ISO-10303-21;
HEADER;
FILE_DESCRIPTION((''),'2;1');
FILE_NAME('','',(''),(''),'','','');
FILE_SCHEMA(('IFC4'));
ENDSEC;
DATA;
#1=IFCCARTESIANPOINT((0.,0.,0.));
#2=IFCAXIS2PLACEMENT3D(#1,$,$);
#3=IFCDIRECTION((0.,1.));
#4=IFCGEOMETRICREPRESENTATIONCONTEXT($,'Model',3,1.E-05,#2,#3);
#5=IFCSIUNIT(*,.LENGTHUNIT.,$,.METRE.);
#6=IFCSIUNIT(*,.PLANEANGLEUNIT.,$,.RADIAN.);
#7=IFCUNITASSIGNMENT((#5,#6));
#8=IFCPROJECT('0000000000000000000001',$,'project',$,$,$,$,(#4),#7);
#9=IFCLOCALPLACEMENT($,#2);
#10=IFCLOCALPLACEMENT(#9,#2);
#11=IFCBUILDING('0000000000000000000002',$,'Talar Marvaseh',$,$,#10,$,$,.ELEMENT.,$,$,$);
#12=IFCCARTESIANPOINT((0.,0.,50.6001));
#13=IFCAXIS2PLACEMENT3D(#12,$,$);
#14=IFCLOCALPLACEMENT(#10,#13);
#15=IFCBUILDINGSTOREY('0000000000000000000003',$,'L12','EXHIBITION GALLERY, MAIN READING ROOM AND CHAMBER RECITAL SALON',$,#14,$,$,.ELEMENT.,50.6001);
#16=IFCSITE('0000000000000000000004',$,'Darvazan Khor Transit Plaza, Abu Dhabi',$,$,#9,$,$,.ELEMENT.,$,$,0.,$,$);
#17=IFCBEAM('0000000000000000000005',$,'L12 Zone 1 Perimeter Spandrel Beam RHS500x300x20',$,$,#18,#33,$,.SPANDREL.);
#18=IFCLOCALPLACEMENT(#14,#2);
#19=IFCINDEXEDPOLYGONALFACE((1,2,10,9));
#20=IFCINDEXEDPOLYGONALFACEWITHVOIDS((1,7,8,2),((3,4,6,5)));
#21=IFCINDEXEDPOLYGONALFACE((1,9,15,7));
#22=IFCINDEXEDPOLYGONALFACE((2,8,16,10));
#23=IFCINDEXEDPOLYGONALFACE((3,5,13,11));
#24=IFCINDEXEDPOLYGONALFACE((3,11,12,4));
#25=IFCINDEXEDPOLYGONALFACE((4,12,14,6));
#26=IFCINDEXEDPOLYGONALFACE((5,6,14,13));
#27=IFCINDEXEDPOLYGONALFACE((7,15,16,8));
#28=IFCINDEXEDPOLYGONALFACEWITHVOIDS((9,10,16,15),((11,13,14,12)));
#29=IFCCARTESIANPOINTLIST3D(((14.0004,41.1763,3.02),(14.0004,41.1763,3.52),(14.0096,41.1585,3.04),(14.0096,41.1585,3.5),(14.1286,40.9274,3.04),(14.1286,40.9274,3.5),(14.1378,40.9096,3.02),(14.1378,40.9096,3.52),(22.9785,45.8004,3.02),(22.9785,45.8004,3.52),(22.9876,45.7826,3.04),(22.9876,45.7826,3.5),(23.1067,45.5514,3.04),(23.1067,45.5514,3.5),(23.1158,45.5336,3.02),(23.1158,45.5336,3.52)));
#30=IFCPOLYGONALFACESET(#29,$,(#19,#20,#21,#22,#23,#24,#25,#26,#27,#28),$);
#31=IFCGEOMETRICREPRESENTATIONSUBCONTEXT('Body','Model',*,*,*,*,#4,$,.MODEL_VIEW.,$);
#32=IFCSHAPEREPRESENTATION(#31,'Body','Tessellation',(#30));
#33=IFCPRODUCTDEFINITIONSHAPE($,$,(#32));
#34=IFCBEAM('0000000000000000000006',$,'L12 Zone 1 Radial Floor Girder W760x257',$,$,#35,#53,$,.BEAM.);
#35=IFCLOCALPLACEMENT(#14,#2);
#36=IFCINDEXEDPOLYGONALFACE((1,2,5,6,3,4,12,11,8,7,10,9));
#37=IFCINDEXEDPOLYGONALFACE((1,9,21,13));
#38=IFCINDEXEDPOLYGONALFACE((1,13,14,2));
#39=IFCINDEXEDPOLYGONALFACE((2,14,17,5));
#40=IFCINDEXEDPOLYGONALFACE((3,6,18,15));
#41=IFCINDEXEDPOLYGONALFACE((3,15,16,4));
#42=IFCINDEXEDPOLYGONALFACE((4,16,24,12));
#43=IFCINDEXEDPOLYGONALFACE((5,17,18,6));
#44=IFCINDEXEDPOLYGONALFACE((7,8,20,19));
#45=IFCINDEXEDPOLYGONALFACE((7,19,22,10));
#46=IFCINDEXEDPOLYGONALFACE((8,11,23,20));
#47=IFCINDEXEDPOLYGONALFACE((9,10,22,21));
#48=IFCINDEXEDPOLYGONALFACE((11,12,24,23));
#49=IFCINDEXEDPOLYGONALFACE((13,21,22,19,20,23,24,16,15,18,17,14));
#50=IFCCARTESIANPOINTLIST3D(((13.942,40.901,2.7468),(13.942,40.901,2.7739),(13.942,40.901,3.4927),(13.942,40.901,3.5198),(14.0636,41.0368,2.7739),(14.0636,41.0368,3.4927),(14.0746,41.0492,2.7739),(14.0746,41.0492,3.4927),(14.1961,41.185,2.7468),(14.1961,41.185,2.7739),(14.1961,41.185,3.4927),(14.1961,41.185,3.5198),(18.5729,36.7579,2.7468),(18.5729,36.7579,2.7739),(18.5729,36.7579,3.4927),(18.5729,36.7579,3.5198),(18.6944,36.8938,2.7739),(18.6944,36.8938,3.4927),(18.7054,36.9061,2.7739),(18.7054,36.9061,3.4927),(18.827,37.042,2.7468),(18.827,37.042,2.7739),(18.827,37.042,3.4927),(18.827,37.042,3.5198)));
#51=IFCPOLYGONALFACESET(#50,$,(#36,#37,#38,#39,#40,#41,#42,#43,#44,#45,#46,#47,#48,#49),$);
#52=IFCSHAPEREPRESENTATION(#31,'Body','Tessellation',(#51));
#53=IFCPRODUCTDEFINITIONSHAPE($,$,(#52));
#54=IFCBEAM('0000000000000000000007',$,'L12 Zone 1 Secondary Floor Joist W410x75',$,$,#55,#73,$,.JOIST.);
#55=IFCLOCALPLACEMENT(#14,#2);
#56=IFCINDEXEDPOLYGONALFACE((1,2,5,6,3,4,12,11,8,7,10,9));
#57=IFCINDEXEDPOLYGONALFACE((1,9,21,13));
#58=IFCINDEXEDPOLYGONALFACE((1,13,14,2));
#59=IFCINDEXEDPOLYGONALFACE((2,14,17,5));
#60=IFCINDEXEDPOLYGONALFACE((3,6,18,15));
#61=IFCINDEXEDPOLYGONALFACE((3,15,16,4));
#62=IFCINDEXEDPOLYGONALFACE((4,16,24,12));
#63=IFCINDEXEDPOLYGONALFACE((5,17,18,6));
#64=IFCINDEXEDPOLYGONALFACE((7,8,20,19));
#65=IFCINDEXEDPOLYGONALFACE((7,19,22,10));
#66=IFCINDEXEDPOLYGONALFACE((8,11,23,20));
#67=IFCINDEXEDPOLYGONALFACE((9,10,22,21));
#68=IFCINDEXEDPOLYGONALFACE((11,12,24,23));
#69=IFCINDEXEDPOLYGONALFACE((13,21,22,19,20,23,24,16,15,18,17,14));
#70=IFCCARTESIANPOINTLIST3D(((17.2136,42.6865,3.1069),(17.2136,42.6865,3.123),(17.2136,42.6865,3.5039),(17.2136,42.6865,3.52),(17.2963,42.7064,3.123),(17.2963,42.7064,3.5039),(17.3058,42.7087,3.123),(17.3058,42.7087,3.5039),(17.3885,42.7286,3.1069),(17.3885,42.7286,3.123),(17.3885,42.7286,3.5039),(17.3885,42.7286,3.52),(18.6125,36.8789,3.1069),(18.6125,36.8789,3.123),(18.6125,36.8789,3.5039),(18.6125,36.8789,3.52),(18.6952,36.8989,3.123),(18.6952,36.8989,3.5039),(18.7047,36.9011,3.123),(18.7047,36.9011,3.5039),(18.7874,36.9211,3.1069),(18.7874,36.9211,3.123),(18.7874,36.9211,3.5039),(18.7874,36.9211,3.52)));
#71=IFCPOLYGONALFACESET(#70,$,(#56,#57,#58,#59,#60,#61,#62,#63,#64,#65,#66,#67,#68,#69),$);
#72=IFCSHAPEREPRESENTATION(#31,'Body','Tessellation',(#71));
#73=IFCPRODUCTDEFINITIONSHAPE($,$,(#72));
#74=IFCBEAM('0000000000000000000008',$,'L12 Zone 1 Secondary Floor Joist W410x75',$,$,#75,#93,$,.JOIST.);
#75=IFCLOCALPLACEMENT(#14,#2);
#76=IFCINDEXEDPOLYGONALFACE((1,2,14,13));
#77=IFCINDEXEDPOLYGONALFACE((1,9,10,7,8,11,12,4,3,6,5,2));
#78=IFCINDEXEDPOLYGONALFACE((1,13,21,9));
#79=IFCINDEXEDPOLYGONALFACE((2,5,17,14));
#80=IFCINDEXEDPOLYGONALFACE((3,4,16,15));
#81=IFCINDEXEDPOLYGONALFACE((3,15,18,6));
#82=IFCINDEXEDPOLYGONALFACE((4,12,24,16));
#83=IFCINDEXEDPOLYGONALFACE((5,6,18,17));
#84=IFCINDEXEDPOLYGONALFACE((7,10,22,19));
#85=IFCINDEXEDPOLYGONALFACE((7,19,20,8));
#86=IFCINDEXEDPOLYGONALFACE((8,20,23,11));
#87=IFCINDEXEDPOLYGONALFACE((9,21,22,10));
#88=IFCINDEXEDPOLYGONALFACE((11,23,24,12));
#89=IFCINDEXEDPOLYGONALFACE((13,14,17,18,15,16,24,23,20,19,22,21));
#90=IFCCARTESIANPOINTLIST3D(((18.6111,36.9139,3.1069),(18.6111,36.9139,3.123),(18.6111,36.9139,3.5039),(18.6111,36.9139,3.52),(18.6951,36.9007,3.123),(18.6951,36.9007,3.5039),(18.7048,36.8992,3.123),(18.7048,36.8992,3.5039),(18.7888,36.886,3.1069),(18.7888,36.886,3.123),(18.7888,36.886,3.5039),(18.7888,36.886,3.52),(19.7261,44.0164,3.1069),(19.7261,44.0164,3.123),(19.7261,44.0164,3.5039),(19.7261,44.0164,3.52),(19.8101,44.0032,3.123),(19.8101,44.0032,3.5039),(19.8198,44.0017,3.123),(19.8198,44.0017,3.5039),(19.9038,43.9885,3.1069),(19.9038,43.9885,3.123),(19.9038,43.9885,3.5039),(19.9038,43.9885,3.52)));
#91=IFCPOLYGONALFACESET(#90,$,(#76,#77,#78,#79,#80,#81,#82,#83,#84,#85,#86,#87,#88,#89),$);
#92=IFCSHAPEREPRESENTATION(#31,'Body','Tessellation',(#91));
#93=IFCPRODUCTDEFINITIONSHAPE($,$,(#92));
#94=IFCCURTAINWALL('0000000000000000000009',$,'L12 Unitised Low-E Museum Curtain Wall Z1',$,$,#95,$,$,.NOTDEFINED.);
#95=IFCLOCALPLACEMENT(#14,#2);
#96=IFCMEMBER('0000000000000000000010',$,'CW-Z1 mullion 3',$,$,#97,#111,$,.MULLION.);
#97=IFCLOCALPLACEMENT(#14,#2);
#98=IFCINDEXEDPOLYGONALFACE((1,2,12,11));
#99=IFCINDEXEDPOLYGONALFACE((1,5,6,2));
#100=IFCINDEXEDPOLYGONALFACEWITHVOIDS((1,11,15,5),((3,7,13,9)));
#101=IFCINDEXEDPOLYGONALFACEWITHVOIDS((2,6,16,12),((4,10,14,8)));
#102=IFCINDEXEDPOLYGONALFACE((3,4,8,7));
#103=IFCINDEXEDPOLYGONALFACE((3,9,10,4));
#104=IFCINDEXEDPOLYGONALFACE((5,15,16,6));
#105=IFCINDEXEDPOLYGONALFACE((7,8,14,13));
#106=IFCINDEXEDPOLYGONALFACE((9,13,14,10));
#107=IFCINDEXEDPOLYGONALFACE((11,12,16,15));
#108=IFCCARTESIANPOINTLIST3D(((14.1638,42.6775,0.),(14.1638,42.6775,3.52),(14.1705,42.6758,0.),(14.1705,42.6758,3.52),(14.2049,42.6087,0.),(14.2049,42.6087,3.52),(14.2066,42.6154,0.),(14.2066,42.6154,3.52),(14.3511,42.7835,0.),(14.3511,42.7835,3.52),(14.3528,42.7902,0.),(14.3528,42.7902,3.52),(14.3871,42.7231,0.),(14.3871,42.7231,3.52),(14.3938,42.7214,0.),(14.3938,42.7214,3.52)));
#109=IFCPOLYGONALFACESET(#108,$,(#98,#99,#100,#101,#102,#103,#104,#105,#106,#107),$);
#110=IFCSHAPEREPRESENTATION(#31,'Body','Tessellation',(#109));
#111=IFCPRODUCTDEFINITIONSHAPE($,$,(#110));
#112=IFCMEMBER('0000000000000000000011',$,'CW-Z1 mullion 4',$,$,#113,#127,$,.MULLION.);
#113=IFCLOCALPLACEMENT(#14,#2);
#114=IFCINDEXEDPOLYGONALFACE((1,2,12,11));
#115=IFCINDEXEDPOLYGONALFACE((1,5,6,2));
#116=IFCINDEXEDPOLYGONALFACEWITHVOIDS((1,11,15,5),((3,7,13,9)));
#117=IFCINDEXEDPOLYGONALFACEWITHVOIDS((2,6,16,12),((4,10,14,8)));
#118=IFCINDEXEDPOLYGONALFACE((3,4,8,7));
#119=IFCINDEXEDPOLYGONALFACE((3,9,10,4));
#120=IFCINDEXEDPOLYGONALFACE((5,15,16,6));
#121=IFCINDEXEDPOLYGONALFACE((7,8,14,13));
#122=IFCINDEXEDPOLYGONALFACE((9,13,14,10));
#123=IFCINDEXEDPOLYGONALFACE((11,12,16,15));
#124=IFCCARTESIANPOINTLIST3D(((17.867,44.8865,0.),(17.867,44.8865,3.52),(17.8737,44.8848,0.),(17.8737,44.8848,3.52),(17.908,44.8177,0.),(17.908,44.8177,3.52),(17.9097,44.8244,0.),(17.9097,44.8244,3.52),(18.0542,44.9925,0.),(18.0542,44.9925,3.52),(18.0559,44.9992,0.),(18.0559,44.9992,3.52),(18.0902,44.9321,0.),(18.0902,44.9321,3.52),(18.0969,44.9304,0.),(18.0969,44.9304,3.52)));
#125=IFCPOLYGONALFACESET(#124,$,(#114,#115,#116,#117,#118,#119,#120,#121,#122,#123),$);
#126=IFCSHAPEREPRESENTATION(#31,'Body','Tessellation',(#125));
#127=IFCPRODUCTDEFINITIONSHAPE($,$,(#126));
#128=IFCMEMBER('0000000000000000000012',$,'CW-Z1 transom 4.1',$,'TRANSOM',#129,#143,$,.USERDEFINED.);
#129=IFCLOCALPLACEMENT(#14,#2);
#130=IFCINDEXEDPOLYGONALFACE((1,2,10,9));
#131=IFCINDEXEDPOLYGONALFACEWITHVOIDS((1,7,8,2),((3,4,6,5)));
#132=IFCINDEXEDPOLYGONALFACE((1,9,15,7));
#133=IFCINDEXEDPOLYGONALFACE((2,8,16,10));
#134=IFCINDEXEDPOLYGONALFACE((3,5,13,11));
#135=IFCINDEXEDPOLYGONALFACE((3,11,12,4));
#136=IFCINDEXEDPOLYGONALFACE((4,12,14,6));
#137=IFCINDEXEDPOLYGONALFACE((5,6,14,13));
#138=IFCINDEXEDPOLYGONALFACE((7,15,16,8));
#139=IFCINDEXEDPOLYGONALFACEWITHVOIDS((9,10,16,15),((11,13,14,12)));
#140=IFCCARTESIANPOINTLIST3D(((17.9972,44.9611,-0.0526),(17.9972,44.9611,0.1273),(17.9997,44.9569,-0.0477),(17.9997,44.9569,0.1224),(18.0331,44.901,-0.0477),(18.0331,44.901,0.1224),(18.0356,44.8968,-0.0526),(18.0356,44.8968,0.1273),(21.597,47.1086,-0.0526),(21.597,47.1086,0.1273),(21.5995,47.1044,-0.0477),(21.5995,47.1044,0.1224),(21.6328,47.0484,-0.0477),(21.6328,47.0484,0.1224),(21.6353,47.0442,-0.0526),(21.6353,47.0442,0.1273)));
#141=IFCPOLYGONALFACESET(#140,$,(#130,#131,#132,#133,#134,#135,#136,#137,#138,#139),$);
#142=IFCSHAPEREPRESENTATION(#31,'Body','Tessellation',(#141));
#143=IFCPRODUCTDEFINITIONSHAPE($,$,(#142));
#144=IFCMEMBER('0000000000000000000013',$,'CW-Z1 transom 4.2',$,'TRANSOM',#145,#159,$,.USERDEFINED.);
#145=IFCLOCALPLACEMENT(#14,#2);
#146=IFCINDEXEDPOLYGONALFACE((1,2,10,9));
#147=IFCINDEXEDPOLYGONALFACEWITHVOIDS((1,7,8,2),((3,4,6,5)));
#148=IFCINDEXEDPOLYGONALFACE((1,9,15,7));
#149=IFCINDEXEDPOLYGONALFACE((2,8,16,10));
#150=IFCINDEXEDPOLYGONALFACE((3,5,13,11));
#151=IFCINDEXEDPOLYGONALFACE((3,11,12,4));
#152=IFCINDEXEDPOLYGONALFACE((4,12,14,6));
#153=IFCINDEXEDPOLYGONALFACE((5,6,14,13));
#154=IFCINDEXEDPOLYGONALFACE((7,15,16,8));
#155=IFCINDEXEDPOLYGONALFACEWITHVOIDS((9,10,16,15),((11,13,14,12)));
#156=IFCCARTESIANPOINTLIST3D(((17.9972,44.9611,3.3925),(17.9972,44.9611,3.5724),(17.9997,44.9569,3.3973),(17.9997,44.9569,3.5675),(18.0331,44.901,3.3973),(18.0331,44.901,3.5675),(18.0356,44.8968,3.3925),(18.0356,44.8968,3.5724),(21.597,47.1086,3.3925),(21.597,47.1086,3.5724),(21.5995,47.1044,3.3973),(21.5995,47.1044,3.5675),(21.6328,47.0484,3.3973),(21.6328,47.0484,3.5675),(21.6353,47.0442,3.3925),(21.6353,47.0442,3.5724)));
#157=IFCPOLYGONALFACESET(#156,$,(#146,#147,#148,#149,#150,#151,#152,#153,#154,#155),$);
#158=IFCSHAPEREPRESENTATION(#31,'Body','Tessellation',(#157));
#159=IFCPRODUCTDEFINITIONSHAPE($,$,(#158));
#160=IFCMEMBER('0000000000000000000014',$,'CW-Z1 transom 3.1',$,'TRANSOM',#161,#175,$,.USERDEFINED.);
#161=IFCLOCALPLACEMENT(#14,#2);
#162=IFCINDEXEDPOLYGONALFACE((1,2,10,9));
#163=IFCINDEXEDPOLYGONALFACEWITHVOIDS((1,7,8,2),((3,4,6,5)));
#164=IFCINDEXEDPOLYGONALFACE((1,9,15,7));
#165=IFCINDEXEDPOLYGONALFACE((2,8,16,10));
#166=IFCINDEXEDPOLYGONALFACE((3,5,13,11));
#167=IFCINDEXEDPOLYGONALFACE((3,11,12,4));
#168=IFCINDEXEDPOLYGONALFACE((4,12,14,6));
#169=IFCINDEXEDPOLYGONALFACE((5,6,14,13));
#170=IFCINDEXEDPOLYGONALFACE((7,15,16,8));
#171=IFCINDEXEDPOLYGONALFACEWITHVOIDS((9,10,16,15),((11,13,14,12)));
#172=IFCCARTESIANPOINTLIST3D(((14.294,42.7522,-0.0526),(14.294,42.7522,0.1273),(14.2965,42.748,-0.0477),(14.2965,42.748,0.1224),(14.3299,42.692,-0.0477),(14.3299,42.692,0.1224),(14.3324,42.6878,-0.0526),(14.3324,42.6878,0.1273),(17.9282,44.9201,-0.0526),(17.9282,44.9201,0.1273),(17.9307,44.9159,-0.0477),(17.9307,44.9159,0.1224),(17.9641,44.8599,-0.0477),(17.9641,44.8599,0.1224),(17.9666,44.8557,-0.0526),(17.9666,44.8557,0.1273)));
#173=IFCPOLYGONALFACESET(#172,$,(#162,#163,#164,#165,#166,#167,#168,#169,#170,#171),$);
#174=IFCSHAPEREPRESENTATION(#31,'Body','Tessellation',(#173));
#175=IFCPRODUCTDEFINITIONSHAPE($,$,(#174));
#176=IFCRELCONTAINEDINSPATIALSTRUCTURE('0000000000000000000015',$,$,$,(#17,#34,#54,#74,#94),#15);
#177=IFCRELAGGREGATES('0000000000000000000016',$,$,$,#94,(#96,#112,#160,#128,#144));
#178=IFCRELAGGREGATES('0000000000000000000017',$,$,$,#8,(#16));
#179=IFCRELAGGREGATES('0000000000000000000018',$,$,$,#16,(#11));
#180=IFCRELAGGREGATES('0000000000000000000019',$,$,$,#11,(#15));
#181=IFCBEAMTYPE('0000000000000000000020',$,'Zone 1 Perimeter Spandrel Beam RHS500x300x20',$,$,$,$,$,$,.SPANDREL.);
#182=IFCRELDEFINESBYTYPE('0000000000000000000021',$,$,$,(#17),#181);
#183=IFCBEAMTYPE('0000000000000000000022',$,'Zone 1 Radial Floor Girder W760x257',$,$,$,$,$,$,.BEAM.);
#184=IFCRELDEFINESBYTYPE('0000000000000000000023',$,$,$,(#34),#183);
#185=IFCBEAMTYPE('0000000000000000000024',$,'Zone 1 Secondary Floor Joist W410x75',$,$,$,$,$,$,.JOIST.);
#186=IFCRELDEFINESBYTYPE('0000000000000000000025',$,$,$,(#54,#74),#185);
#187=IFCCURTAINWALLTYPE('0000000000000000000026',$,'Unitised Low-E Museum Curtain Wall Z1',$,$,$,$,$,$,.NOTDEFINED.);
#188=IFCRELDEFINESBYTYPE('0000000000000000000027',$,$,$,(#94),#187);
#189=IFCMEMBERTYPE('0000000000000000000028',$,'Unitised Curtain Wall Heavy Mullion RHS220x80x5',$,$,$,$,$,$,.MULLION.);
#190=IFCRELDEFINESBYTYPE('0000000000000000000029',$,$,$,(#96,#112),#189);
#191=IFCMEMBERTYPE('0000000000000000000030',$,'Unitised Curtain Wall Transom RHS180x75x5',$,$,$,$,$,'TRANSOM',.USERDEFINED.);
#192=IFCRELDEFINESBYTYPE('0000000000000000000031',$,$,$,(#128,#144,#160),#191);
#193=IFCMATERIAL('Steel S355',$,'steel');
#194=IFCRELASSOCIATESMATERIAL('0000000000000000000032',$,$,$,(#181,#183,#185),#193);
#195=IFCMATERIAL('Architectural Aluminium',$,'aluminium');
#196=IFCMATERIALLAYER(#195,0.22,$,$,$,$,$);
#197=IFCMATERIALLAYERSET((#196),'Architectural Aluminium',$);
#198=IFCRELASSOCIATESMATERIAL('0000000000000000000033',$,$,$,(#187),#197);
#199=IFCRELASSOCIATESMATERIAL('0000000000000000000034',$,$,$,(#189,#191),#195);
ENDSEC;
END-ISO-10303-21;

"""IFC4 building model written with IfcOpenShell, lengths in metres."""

from ifc_helpers import new_model, si_unit, direction, frame, origin, origin_2d, place, context, subcontext, project, spatial, hollow_rectangle, i_section, extrude, source, transform, mapped, material, layer, layer_set, material_profile, profile_set, type_object, type_shapes, element, aggregate, save


model = new_model("IFC4")

# Units and contexts
model_context = context("Model", 3, precision=1e-05, world=origin(), true_north=direction((0.0, 1.0)))
body_context = subcontext(model_context, "Body", "Model", "MODEL_VIEW")
ifc_project = project(units=[si_unit("LENGTHUNIT", "METRE"), si_unit("PLANEANGLEUNIT", "RADIAN")], contexts=[model_context])

# Site, building, storey
site_placement = place(None, origin())
site = spatial("IfcSite", under=ifc_project, at=site_placement, Name="Darvazan Khor Transit Plaza, Abu Dhabi", CompositionType="ELEMENT", RefElevation=0.0)
building_placement = place(site_placement, origin())
building = spatial("IfcBuilding", under=site, at=building_placement, Name="Talar Marvaseh", CompositionType="ELEMENT")
storey_placement = place(building_placement, frame((0.0, 0.0, 50.6001)))
storey = spatial("IfcBuildingStorey", under=building, at=storey_placement, Name="L12", Description="EXHIBITION GALLERY, MAIN READING ROOM AND CHAMBER RECITAL SALON", CompositionType="ELEMENT", Elevation=50.6001)

# Beams
ifc_material_1 = material(Name="Steel S355", Category="steel")
ifc_material_profile_1 = material_profile(ifc_material_1, hollow_rectangle(XDim=0.3, YDim=0.5, WallThickness=0.02, at=origin_2d()), Name="RHS500x300x20")
ifc_profile_set_1 = profile_set([ifc_material_profile_1], Name="Steel S355")
beam_type_1 = type_object("IfcBeamType", Name="Zone 1 Perimeter Spandrel Beam RHS500x300x20", PredefinedType="SPANDREL", material=ifc_profile_set_1)
beam_1_placement = place(storey_placement, frame((14.0691, 41.043, 3.27), z_axis=(0.889016, 0.457877, 0.0), x_axis=(-0.457877, 0.889016, 0.0)))
element("IfcBeam", 1, at=beam_1_placement, inside=storey, type_object=beam_type_1, Name="L12 Zone 1 Perimeter Spandrel Beam RHS500x300x20", PredefinedType="SPANDREL", context=body_context, shape_type="SweptSolid", body=[
    extrude(hollow_rectangle(XDim=0.3, YDim=0.5, WallThickness=0.02, at=origin_2d()), origin(), (0.0, 0.0, 1.0), 10.0989),
])
ifc_material_profile_2 = material_profile(ifc_material_1, i_section(OverallWidth=0.3811, OverallDepth=0.7729, WebThickness=0.0166, FlangeThickness=0.0271, at=origin_2d()), Name="W760x257")
ifc_profile_set_2 = profile_set([ifc_material_profile_2], Name="Steel S355")
beam_type_2 = type_object("IfcBeamType", Name="Zone 1 Radial Floor Girder W760x257", PredefinedType="BEAM", material=ifc_profile_set_2)
beam_2_placement = place(storey_placement, frame((14.0691, 41.043, 3.1333), z_axis=(0.745268, -0.666765, 0.0), x_axis=(0.666765, 0.745268, 0.0)))
element("IfcBeam", 2, at=beam_2_placement, inside=storey, type_object=beam_type_2, Name="L12 Zone 1 Radial Floor Girder W760x257", PredefinedType="BEAM", context=body_context, shape_type="SweptSolid", body=[
    extrude(i_section(OverallWidth=0.3811, OverallDepth=0.7729, WebThickness=0.0166, FlangeThickness=0.0271, at=origin_2d()), origin(), (0.0, 0.0, 1.0), 6.2136),
])
ifc_material_profile_3 = material_profile(ifc_material_1, i_section(OverallWidth=0.1799, OverallDepth=0.4131, WebThickness=0.0098, FlangeThickness=0.0161, at=origin_2d()), Name="W410x75")
ifc_profile_set_3 = profile_set([ifc_material_profile_3], Name="Steel S355")
beam_type_3 = type_object("IfcBeamType", Name="Zone 1 Secondary Floor Joist W410x75", PredefinedType="JOIST", material=ifc_profile_set_3)
beam_3_placement = place(storey_placement, frame((17.301, 42.7075, 3.3135), z_axis=(0.23418, -0.972193, 0.0), x_axis=(0.972193, 0.23418, 0.0)))
element("IfcBeam", 3, at=beam_3_placement, inside=storey, type_object=beam_type_3, Name="L12 Zone 1 Secondary Floor Joist W410x75", PredefinedType="JOIST", context=body_context, shape_type="SweptSolid", body=[
    extrude(i_section(OverallWidth=0.1799, OverallDepth=0.4131, WebThickness=0.0098, FlangeThickness=0.0161, at=origin_2d()), origin(), (0.0, 0.0, 1.0), 5.9736),
])
beam_4_placement = place(storey_placement, frame((19.8149, 44.0024, 3.3135), z_axis=(-0.155085, -0.987901, 0.0), x_axis=(0.987901, -0.155085, 0.0)))
element("IfcBeam", 4, at=beam_4_placement, inside=storey, type_object=beam_type_3, Name="L12 Zone 1 Secondary Floor Joist W410x75", PredefinedType="JOIST", context=body_context, shape_type="SweptSolid", body=[
    extrude(i_section(OverallWidth=0.1799, OverallDepth=0.4131, WebThickness=0.0098, FlangeThickness=0.0161, at=origin_2d()), origin(), (0.0, 0.0, 1.0), 7.1895),
])

# Curtain wall, members
ifc_material_2 = material(Name="Architectural Aluminium", Category="aluminium")
ifc_layer_1 = layer(ifc_material_2, 0.22)
ifc_layer_set_1 = layer_set([ifc_layer_1], Name="Architectural Aluminium")
curtain_wall_type = type_object("IfcCurtainWallType", Name="Unitised Low-E Museum Curtain Wall Z1", PredefinedType="NOTDEFINED", material=ifc_layer_set_1)
curtain_wall_placement = place(storey_placement, origin())
curtain_wall = element("IfcCurtainWall", 5, at=curtain_wall_placement, inside=storey, type_object=curtain_wall_type, Name="L12 Unitised Low-E Museum Curtain Wall Z1", PredefinedType="NOTDEFINED")
ifc_material_profile_4 = material_profile(ifc_material_2, hollow_rectangle(XDim=0.0801, YDim=0.22, WallThickness=0.0049, at=origin_2d()), Name="RHS220x80x5")
ifc_profile_set_4 = profile_set([ifc_material_profile_4], Name="Architectural Aluminium")
member_type_1 = type_object("IfcMemberType", Name="Unitised Curtain Wall Heavy Mullion RHS220x80x5", PredefinedType="MULLION", material=ifc_profile_set_4)
shared_shape_1 = source(origin(), body_context, "Body", "SweptSolid", [
    extrude(hollow_rectangle(XDim=0.0801, YDim=0.22, WallThickness=0.0049, at=origin_2d()), origin(), (0.0, 0.0, 1.0), 3.52),
])
type_shapes(member_type_1, [shared_shape_1])
member_1_placement = place(storey_placement, frame((14.2788, 42.6995, 0.0), z_axis=(0.0, 0.0, 1.0), x_axis=(-0.51231, 0.8588, 0.0)))
member_1 = element("IfcMember", 6, at=member_1_placement, type_object=member_type_1, Name="CW-Z1 mullion 3", PredefinedType="MULLION", context=body_context, shape_type="MappedRepresentation", body=[
    mapped(shared_shape_1, transform((0.0, 0.0, 0.0), x_axis=(1.0, 0.0, 0.0), y_axis=(0.0, 1.0, 0.0), z_axis=(0.0, 0.0, 1.0), scale=1.0)),
])
member_2_placement = place(storey_placement, frame((17.9819, 44.9084, 0.0), z_axis=(0.0, 0.0, 1.0), x_axis=(-0.51231, 0.8588, 0.0)))
member_2 = element("IfcMember", 7, at=member_2_placement, type_object=member_type_1, Name="CW-Z1 mullion 4", PredefinedType="MULLION", context=body_context, shape_type="MappedRepresentation", body=[
    mapped(shared_shape_1, transform((0.0, 0.0, 0.0), x_axis=(1.0, 0.0, 0.0), y_axis=(0.0, 1.0, 0.0), z_axis=(0.0, 0.0, 1.0), scale=1.0)),
])
ifc_material_profile_5 = material_profile(ifc_material_2, hollow_rectangle(XDim=0.075, YDim=0.1799, WallThickness=0.0049, at=origin_2d()), Name="RHS180x75x5")
ifc_profile_set_5 = profile_set([ifc_material_profile_5], Name="Architectural Aluminium")
member_type_2 = type_object("IfcMemberType", Name="Unitised Curtain Wall Transom RHS180x75x5", ElementType="TRANSOM", PredefinedType="USERDEFINED", material=ifc_profile_set_5)
shared_shape_2 = source(origin(), body_context, "Body", "SweptSolid", [
    extrude(hollow_rectangle(XDim=0.075, YDim=0.1799, WallThickness=0.0049, at=origin_2d()), origin(), (0.0, 0.0, 1.0), 4.1917),
])
member_3_placement = place(storey_placement, frame((18.0164, 44.929, 0.0374), z_axis=(0.858801, 0.51231, 0.0), x_axis=(-0.51231, 0.858801, 0.0)))
member_3 = element("IfcMember", 8, at=member_3_placement, type_object=member_type_2, Name="CW-Z1 transom 4.1", ObjectType="TRANSOM", PredefinedType="USERDEFINED", context=body_context, shape_type="MappedRepresentation", body=[
    mapped(shared_shape_2, transform((0.0, 0.0, 0.0), x_axis=(1.0, 0.0, 0.0), y_axis=(0.0, 1.0, 0.0), z_axis=(0.0, 0.0, 1.0), scale=1.0)),
])
member_4_placement = place(storey_placement, frame((18.0164, 44.929, 3.4824), z_axis=(0.858801, 0.51231, 0.0), x_axis=(-0.51231, 0.858801, 0.0)))
member_4 = element("IfcMember", 9, at=member_4_placement, type_object=member_type_2, Name="CW-Z1 transom 4.2", ObjectType="TRANSOM", PredefinedType="USERDEFINED", context=body_context, shape_type="MappedRepresentation", body=[
    mapped(shared_shape_2, transform((0.0, 0.0, 0.0), x_axis=(1.0, 0.0, 0.0), y_axis=(0.0, 1.0, 0.0), z_axis=(0.0, 0.0, 1.0), scale=1.0)),
])
shared_shape_3 = source(origin(), body_context, "Body", "SweptSolid", [
    extrude(hollow_rectangle(XDim=0.075, YDim=0.1799, WallThickness=0.0049, at=origin_2d()), origin(), (0.0, 0.0, 1.0), 4.2317),
])
type_shapes(member_type_2, [shared_shape_2, shared_shape_3])
member_5_placement = place(storey_placement, frame((14.3132, 42.72, 0.0374), z_axis=(0.858803, 0.512305, 0.0), x_axis=(-0.512305, 0.858803, 0.0)))
member_5 = element("IfcMember", 10, at=member_5_placement, type_object=member_type_2, Name="CW-Z1 transom 3.1", ObjectType="TRANSOM", PredefinedType="USERDEFINED", context=body_context, shape_type="MappedRepresentation", body=[
    mapped(shared_shape_3, transform((0.0, 0.0, 0.0), x_axis=(1.0, 0.0, 0.0), y_axis=(0.0, 1.0, 0.0), z_axis=(0.0, 0.0, 1.0), scale=1.0)),
])
aggregate(curtain_wall, [member_1, member_2, member_5, member_3, member_4])

save(model, "model.ifc")
